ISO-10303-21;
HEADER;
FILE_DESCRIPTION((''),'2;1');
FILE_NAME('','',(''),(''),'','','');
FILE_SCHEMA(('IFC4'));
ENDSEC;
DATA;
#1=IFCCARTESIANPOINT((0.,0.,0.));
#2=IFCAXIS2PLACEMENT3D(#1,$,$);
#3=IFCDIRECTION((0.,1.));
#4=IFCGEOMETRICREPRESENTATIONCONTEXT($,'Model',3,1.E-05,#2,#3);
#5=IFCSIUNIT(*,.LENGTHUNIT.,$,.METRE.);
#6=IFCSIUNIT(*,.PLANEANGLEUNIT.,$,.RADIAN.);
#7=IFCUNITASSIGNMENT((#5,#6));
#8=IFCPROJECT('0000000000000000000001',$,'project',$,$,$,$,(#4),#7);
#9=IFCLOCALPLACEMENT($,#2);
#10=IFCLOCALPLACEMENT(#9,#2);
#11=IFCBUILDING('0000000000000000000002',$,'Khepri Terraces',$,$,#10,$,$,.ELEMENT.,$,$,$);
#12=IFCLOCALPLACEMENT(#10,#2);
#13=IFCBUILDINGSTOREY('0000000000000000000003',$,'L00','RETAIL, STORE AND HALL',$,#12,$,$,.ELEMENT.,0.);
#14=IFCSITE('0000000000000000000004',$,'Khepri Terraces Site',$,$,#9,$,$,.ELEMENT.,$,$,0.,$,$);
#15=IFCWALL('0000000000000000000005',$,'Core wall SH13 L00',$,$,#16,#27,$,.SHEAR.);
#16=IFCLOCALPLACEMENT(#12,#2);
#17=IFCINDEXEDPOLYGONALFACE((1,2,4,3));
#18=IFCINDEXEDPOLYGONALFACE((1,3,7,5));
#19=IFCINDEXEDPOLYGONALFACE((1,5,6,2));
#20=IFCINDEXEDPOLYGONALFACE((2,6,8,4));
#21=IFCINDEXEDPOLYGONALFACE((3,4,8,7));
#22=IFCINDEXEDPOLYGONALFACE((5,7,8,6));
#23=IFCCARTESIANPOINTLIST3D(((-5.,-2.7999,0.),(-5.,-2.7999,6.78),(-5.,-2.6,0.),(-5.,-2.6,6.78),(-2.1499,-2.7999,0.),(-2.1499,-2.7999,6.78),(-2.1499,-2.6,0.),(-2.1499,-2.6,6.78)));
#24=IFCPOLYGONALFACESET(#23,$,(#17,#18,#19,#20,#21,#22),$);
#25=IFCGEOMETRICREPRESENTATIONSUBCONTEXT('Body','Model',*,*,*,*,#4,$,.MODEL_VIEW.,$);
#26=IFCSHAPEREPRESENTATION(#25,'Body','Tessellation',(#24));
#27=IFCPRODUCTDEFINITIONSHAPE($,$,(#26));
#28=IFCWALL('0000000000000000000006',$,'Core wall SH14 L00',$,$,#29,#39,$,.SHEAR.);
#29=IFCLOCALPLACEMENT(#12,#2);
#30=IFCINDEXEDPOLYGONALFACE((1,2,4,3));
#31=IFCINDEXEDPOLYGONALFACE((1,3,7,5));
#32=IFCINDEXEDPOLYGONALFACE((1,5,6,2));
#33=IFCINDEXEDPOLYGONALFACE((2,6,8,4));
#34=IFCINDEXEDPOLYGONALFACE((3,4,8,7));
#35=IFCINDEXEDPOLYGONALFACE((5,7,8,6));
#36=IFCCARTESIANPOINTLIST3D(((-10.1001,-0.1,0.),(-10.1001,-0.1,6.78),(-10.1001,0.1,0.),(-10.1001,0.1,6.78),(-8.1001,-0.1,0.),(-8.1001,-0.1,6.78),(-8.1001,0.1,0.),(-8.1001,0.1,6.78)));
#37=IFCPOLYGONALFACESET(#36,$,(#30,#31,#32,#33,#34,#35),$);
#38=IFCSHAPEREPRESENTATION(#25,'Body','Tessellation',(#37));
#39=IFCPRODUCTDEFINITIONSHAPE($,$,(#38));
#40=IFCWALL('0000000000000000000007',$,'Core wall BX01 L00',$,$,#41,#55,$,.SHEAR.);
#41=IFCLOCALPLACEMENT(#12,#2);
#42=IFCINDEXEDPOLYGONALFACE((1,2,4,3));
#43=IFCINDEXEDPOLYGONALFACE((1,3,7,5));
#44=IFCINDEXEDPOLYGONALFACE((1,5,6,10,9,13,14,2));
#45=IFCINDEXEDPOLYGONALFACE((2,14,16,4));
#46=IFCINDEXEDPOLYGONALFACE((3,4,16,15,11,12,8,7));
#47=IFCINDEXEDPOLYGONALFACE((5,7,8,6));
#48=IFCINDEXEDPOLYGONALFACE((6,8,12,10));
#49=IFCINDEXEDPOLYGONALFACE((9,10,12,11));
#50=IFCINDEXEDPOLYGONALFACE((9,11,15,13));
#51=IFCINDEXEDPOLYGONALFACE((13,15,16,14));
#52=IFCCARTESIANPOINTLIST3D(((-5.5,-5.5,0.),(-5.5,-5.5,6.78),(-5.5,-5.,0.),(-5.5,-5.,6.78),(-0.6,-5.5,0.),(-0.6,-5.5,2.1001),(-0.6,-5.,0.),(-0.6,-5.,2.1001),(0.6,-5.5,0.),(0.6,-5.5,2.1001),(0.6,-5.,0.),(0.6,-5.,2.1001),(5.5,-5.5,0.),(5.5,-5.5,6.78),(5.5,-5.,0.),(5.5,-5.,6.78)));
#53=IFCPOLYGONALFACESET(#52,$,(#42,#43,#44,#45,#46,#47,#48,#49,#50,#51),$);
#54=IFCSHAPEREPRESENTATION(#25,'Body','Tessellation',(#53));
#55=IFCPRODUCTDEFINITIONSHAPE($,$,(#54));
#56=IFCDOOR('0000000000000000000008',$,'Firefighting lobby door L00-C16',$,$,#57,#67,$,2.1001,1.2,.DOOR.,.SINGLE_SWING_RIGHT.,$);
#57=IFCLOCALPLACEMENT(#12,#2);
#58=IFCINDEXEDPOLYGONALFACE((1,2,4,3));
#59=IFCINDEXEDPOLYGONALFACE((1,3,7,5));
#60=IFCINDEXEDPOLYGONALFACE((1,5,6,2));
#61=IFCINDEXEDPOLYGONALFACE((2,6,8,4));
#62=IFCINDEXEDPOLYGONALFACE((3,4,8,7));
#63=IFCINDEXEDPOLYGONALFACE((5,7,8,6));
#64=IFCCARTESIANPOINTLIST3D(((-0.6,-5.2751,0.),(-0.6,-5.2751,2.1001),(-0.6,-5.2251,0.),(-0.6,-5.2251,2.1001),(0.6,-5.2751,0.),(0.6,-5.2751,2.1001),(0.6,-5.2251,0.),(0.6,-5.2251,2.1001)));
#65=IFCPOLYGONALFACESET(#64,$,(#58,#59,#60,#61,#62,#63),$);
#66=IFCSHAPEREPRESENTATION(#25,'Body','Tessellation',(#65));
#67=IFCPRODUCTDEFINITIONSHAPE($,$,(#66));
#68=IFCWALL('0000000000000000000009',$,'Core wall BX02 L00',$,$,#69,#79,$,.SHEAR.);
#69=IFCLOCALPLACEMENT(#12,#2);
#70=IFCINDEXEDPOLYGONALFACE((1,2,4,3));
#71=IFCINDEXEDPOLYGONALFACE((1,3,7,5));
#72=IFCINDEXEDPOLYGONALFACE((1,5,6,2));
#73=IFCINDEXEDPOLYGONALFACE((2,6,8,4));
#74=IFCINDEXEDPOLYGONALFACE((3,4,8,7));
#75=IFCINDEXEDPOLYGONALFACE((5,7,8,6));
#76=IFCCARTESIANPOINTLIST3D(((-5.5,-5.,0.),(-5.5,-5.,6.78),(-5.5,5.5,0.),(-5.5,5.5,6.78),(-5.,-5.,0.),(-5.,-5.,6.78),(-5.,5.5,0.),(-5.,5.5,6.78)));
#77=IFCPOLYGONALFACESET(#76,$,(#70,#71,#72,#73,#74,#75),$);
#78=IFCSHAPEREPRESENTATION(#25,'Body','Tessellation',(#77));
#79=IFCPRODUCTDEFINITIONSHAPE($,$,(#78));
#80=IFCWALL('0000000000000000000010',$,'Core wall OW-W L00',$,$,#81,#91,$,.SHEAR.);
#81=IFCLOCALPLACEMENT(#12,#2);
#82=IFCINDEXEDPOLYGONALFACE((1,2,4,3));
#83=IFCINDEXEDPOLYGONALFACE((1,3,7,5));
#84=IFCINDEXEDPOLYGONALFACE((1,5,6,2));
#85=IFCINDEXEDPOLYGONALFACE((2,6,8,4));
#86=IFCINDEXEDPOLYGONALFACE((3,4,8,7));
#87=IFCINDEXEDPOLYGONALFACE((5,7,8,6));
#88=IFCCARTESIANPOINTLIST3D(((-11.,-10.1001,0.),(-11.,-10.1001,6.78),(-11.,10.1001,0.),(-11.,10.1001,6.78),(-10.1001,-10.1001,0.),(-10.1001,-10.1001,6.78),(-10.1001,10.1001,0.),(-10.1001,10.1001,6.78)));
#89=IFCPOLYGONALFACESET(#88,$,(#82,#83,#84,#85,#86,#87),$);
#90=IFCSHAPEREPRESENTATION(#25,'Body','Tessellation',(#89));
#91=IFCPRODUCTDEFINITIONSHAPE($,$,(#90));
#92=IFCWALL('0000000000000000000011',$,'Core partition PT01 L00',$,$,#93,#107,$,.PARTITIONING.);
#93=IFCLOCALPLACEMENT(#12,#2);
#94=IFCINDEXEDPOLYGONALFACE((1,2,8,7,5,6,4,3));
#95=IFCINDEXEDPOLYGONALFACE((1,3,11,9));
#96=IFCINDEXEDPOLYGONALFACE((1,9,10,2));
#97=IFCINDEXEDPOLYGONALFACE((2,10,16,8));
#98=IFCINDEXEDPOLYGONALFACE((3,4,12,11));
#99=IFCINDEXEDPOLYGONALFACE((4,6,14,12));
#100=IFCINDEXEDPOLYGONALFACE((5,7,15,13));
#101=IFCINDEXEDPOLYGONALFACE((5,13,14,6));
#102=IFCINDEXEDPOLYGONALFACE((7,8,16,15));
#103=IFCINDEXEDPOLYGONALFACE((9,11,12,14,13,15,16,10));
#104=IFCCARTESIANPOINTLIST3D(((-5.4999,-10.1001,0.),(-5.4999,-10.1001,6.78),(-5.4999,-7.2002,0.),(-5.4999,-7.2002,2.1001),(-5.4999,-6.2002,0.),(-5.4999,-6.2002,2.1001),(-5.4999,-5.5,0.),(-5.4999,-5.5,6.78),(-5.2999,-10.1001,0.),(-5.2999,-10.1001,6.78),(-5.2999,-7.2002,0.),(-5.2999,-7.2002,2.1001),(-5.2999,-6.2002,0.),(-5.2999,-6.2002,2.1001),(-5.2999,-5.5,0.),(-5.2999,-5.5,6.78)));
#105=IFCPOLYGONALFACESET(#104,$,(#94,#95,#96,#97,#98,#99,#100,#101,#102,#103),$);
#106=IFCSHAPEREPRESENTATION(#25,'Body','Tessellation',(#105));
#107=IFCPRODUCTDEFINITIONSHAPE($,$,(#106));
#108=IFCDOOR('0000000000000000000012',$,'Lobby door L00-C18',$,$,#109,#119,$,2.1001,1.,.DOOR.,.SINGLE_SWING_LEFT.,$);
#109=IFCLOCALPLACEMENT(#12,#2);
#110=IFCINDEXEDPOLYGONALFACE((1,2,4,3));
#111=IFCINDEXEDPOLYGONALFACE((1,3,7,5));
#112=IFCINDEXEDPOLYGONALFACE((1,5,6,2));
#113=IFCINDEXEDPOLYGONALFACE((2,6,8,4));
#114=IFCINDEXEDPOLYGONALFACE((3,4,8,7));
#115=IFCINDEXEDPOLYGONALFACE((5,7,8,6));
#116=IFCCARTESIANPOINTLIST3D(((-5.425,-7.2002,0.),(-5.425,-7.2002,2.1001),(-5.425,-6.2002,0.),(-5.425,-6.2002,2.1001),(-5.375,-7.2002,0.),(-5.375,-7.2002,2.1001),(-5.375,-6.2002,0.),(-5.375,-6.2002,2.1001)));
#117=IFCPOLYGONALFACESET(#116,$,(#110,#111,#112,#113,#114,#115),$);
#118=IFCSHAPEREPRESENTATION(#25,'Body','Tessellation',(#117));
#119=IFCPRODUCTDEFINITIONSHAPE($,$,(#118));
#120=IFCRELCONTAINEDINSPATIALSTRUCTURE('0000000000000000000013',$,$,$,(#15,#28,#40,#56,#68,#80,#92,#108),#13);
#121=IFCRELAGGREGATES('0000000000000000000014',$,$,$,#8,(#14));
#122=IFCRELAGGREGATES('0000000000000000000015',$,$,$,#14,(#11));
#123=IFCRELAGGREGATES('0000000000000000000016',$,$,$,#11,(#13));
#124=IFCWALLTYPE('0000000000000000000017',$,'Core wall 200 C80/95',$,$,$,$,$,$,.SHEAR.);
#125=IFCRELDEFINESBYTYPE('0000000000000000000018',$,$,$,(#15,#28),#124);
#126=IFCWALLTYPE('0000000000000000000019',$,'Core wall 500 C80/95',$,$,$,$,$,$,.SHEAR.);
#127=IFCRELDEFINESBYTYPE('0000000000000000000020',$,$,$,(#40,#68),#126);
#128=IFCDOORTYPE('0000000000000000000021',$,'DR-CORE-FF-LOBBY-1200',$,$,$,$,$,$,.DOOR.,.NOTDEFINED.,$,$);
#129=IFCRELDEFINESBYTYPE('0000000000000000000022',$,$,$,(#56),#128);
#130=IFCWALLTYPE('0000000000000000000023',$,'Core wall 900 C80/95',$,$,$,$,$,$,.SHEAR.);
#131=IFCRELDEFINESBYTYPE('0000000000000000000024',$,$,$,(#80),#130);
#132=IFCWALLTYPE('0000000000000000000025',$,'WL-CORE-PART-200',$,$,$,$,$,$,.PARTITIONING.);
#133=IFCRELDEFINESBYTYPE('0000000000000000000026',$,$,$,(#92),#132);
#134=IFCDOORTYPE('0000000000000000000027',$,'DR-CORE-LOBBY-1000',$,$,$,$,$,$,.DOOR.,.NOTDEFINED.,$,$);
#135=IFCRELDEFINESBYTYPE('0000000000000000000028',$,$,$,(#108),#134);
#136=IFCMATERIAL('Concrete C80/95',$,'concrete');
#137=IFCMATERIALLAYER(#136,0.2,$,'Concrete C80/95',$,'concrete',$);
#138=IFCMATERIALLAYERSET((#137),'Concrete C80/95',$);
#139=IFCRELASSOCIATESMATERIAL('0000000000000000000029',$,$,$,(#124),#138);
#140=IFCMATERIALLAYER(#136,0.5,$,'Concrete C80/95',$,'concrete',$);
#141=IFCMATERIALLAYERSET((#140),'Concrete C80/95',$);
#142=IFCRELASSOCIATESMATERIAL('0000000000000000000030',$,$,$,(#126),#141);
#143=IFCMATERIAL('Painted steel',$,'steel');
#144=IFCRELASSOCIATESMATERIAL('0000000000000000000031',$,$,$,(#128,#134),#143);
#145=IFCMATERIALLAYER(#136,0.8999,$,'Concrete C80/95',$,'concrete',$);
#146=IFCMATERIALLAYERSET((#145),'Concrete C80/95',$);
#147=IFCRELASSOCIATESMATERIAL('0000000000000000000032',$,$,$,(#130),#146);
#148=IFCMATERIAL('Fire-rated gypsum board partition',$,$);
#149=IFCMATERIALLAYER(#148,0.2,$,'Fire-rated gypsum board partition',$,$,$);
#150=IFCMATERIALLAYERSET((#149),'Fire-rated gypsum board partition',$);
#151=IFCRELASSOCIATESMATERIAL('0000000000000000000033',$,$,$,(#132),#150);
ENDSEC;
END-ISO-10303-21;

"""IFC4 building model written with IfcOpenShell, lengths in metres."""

from ifc_helpers import new_model, si_unit, direction, frame, frame_2d, origin, place, context, subcontext, project, spatial, rectangle, extrude, material, layer, layer_set, type_object, element, fill, save


model = new_model("IFC4")

# Units and contexts
model_context = context("Model", 3, precision=1e-05, world=origin(), true_north=direction((0.0, 1.0)))
body_context = subcontext(model_context, "Body", "Model", "MODEL_VIEW")
ifc_project = project(units=[si_unit("LENGTHUNIT", "METRE"), si_unit("PLANEANGLEUNIT", "RADIAN")], contexts=[model_context])

# Site, building, storey
site_placement = place(None, origin())
site = spatial("IfcSite", under=ifc_project, at=site_placement, Name="Khepri Terraces Site", CompositionType="ELEMENT", RefElevation=0.0)
building_placement = place(site_placement, origin())
building = spatial("IfcBuilding", under=site, at=building_placement, Name="Khepri Terraces", CompositionType="ELEMENT")
storey_placement = place(building_placement, origin())
storey = spatial("IfcBuildingStorey", under=building, at=storey_placement, Name="L00", Description="RETAIL, STORE AND HALL", CompositionType="ELEMENT", Elevation=0.0)

# Shared definitions
ifc_material_1 = material(Name="Concrete C80/95", Category="concrete")
ifc_layer_1 = layer(ifc_material_1, 0.2, Name="Concrete C80/95", Category="concrete")
ifc_layer_set_1 = layer_set([ifc_layer_1], Name="Concrete C80/95")
wall_type_1 = type_object("IfcWallType", Name="Core wall 200 C80/95", PredefinedType="SHEAR", material=ifc_layer_set_1)

# Walls
wall_1_placement = place(storey_placement, frame((-5.0, -2.7, 0.0), z_axis=(0.0, 0.0, 1.0), x_axis=(1.0, 0.0, 0.0)))
element("IfcWall", 1, at=wall_1_placement, inside=storey, type_object=wall_type_1, Name="Core wall SH13 L00", PredefinedType="SHEAR", context=body_context, shape_type="SweptSolid", body=[
    extrude(rectangle(XDim=2.8501, YDim=0.2, at=frame_2d((1.425, 0.0))), origin(), (0.0, 0.0, 1.0), 6.78),
])
wall_2_placement = place(storey_placement, frame((-10.1001, 0.0, 0.0), z_axis=(0.0, 0.0, 1.0), x_axis=(1.0, 0.0, 0.0)))
element("IfcWall", 2, at=wall_2_placement, inside=storey, type_object=wall_type_1, Name="Core wall SH14 L00", PredefinedType="SHEAR", context=body_context, shape_type="SweptSolid", body=[
    extrude(rectangle(XDim=2.0, YDim=0.2, at=frame_2d((1.0, 0.0))), origin(), (0.0, 0.0, 1.0), 6.78),
])

# Wall, opening, door
ifc_layer_2 = layer(ifc_material_1, 0.5, Name="Concrete C80/95", Category="concrete")
ifc_layer_set_2 = layer_set([ifc_layer_2], Name="Concrete C80/95")
wall_type_2 = type_object("IfcWallType", Name="Core wall 500 C80/95", PredefinedType="SHEAR", material=ifc_layer_set_2)
wall_3_placement = place(storey_placement, frame((-5.5, -5.25, 0.0), z_axis=(0.0, 0.0, 1.0), x_axis=(1.0, 0.0, 0.0)))
wall_3 = element("IfcWall", 3, at=wall_3_placement, inside=storey, type_object=wall_type_2, Name="Core wall BX01 L00", PredefinedType="SHEAR", context=body_context, shape_type="SweptSolid", body=[
    extrude(rectangle(XDim=11.0, YDim=0.5, at=frame_2d((5.5, 0.0))), origin(), (0.0, 0.0, 1.0), 6.78),
])
opening_1_placement = place(wall_3_placement, frame((4.8999, 0.0, 0.0)))
opening_1 = element("IfcOpeningElement", 4, at=opening_1_placement, cuts=wall_3, PredefinedType="OPENING", context=body_context, shape_type="SweptSolid", body=[
    extrude(rectangle(XDim=1.2, YDim=2.1001, at=frame_2d((0.6001, 1.05))), frame((0.0, 0.26, 0.0), z_axis=(0.0, -1.0, 0.0), x_axis=(1.0, 0.0, 0.0)), (0.0, 0.0, 1.0), 0.52),
])
ifc_material_2 = material(Name="Painted steel", Category="steel")
door_type_1 = type_object("IfcDoorType", Name="DR-CORE-FF-LOBBY-1200", OperationType="NOTDEFINED", PredefinedType="DOOR", material=ifc_material_2)
door_1_placement = place(opening_1_placement, origin())
door_1 = element("IfcDoor", 5, at=door_1_placement, inside=storey, type_object=door_type_1, Name="Firefighting lobby door L00-C16", OperationType="SINGLE_SWING_RIGHT", OverallHeight=2.1001, OverallWidth=1.2, PredefinedType="DOOR", context=body_context, shape_type="SweptSolid", body=[
    extrude(rectangle(XDim=1.2, YDim=2.1001, at=frame_2d((0.6001, 1.05))), frame((0.0, 0.0249, 0.0), z_axis=(0.0, -1.0, 0.0), x_axis=(1.0, 0.0, 0.0)), (0.0, 0.0, 1.0), 0.05),
])
fill(opening_1, door_1)

# Walls
wall_4_placement = place(storey_placement, frame((-5.25, -5.0, 0.0), z_axis=(0.0, 0.0, 1.0), x_axis=(0.0, 1.0, 0.0)))
element("IfcWall", 6, at=wall_4_placement, inside=storey, type_object=wall_type_2, Name="Core wall BX02 L00", PredefinedType="SHEAR", context=body_context, shape_type="SweptSolid", body=[
    extrude(rectangle(XDim=10.5, YDim=0.5, at=frame_2d((5.25, 0.0))), origin(), (0.0, 0.0, 1.0), 6.78),
])
ifc_layer_3 = layer(ifc_material_1, 0.8999, Name="Concrete C80/95", Category="concrete")
ifc_layer_set_3 = layer_set([ifc_layer_3], Name="Concrete C80/95")
wall_type_3 = type_object("IfcWallType", Name="Core wall 900 C80/95", PredefinedType="SHEAR", material=ifc_layer_set_3)
wall_5_placement = place(storey_placement, frame((-10.55, -10.1001, 0.0), z_axis=(0.0, 0.0, 1.0), x_axis=(0.0, 1.0, 0.0)))
element("IfcWall", 7, at=wall_5_placement, inside=storey, type_object=wall_type_3, Name="Core wall OW-W L00", PredefinedType="SHEAR", context=body_context, shape_type="SweptSolid", body=[
    extrude(rectangle(XDim=20.2002, YDim=0.8999, at=frame_2d((10.1001, 0.0))), origin(), (0.0, 0.0, 1.0), 6.78),
])

# Wall, opening, door
ifc_material_3 = material(Name="Fire-rated gypsum board partition")
ifc_layer_4 = layer(ifc_material_3, 0.2, Name="Fire-rated gypsum board partition")
ifc_layer_set_4 = layer_set([ifc_layer_4], Name="Fire-rated gypsum board partition")
wall_type_4 = type_object("IfcWallType", Name="WL-CORE-PART-200", PredefinedType="PARTITIONING", material=ifc_layer_set_4)
wall_6_placement = place(storey_placement, frame((-5.3999, -10.1001, 0.0), z_axis=(0.0, 0.0, 1.0), x_axis=(0.0, 1.0, 0.0)))
wall_6 = element("IfcWall", 8, at=wall_6_placement, inside=storey, type_object=wall_type_4, Name="Core partition PT01 L00", PredefinedType="PARTITIONING", context=body_context, shape_type="SweptSolid", body=[
    extrude(rectangle(XDim=4.6001, YDim=0.2, at=frame_2d((2.3, 0.0))), origin(), (0.0, 0.0, 1.0), 6.78),
])
opening_2_placement = place(wall_6_placement, frame((2.8999, 0.0, 0.0)))
opening_2 = element("IfcOpeningElement", 9, at=opening_2_placement, cuts=wall_6, PredefinedType="OPENING", context=body_context, shape_type="SweptSolid", body=[
    extrude(rectangle(XDim=1.0, YDim=2.1001, at=frame_2d((0.5, 1.05))), frame((0.0, 0.1099, 0.0), z_axis=(0.0, -1.0, 0.0), x_axis=(1.0, 0.0, 0.0)), (0.0, 0.0, 1.0), 0.22),
])
door_type_2 = type_object("IfcDoorType", Name="DR-CORE-LOBBY-1000", OperationType="NOTDEFINED", PredefinedType="DOOR", material=ifc_material_2)
door_2_placement = place(opening_2_placement, frame((1.0, 0.0, 0.0), z_axis=(0.0, 0.0, 1.0), x_axis=(-1.0, 0.0, 0.0)))
door_2 = element("IfcDoor", 10, at=door_2_placement, inside=storey, type_object=door_type_2, Name="Lobby door L00-C18", OperationType="SINGLE_SWING_LEFT", OverallHeight=2.1001, OverallWidth=1.0, PredefinedType="DOOR", context=body_context, shape_type="SweptSolid", body=[
    extrude(rectangle(XDim=1.0, YDim=2.1001, at=frame_2d((0.5, 1.05))), frame((0.0, 0.0249, 0.0), z_axis=(0.0, -1.0, 0.0), x_axis=(1.0, 0.0, 0.0)), (0.0, 0.0, 1.0), 0.05),
])
fill(opening_2, door_2)

save(model, "model.ifc")
